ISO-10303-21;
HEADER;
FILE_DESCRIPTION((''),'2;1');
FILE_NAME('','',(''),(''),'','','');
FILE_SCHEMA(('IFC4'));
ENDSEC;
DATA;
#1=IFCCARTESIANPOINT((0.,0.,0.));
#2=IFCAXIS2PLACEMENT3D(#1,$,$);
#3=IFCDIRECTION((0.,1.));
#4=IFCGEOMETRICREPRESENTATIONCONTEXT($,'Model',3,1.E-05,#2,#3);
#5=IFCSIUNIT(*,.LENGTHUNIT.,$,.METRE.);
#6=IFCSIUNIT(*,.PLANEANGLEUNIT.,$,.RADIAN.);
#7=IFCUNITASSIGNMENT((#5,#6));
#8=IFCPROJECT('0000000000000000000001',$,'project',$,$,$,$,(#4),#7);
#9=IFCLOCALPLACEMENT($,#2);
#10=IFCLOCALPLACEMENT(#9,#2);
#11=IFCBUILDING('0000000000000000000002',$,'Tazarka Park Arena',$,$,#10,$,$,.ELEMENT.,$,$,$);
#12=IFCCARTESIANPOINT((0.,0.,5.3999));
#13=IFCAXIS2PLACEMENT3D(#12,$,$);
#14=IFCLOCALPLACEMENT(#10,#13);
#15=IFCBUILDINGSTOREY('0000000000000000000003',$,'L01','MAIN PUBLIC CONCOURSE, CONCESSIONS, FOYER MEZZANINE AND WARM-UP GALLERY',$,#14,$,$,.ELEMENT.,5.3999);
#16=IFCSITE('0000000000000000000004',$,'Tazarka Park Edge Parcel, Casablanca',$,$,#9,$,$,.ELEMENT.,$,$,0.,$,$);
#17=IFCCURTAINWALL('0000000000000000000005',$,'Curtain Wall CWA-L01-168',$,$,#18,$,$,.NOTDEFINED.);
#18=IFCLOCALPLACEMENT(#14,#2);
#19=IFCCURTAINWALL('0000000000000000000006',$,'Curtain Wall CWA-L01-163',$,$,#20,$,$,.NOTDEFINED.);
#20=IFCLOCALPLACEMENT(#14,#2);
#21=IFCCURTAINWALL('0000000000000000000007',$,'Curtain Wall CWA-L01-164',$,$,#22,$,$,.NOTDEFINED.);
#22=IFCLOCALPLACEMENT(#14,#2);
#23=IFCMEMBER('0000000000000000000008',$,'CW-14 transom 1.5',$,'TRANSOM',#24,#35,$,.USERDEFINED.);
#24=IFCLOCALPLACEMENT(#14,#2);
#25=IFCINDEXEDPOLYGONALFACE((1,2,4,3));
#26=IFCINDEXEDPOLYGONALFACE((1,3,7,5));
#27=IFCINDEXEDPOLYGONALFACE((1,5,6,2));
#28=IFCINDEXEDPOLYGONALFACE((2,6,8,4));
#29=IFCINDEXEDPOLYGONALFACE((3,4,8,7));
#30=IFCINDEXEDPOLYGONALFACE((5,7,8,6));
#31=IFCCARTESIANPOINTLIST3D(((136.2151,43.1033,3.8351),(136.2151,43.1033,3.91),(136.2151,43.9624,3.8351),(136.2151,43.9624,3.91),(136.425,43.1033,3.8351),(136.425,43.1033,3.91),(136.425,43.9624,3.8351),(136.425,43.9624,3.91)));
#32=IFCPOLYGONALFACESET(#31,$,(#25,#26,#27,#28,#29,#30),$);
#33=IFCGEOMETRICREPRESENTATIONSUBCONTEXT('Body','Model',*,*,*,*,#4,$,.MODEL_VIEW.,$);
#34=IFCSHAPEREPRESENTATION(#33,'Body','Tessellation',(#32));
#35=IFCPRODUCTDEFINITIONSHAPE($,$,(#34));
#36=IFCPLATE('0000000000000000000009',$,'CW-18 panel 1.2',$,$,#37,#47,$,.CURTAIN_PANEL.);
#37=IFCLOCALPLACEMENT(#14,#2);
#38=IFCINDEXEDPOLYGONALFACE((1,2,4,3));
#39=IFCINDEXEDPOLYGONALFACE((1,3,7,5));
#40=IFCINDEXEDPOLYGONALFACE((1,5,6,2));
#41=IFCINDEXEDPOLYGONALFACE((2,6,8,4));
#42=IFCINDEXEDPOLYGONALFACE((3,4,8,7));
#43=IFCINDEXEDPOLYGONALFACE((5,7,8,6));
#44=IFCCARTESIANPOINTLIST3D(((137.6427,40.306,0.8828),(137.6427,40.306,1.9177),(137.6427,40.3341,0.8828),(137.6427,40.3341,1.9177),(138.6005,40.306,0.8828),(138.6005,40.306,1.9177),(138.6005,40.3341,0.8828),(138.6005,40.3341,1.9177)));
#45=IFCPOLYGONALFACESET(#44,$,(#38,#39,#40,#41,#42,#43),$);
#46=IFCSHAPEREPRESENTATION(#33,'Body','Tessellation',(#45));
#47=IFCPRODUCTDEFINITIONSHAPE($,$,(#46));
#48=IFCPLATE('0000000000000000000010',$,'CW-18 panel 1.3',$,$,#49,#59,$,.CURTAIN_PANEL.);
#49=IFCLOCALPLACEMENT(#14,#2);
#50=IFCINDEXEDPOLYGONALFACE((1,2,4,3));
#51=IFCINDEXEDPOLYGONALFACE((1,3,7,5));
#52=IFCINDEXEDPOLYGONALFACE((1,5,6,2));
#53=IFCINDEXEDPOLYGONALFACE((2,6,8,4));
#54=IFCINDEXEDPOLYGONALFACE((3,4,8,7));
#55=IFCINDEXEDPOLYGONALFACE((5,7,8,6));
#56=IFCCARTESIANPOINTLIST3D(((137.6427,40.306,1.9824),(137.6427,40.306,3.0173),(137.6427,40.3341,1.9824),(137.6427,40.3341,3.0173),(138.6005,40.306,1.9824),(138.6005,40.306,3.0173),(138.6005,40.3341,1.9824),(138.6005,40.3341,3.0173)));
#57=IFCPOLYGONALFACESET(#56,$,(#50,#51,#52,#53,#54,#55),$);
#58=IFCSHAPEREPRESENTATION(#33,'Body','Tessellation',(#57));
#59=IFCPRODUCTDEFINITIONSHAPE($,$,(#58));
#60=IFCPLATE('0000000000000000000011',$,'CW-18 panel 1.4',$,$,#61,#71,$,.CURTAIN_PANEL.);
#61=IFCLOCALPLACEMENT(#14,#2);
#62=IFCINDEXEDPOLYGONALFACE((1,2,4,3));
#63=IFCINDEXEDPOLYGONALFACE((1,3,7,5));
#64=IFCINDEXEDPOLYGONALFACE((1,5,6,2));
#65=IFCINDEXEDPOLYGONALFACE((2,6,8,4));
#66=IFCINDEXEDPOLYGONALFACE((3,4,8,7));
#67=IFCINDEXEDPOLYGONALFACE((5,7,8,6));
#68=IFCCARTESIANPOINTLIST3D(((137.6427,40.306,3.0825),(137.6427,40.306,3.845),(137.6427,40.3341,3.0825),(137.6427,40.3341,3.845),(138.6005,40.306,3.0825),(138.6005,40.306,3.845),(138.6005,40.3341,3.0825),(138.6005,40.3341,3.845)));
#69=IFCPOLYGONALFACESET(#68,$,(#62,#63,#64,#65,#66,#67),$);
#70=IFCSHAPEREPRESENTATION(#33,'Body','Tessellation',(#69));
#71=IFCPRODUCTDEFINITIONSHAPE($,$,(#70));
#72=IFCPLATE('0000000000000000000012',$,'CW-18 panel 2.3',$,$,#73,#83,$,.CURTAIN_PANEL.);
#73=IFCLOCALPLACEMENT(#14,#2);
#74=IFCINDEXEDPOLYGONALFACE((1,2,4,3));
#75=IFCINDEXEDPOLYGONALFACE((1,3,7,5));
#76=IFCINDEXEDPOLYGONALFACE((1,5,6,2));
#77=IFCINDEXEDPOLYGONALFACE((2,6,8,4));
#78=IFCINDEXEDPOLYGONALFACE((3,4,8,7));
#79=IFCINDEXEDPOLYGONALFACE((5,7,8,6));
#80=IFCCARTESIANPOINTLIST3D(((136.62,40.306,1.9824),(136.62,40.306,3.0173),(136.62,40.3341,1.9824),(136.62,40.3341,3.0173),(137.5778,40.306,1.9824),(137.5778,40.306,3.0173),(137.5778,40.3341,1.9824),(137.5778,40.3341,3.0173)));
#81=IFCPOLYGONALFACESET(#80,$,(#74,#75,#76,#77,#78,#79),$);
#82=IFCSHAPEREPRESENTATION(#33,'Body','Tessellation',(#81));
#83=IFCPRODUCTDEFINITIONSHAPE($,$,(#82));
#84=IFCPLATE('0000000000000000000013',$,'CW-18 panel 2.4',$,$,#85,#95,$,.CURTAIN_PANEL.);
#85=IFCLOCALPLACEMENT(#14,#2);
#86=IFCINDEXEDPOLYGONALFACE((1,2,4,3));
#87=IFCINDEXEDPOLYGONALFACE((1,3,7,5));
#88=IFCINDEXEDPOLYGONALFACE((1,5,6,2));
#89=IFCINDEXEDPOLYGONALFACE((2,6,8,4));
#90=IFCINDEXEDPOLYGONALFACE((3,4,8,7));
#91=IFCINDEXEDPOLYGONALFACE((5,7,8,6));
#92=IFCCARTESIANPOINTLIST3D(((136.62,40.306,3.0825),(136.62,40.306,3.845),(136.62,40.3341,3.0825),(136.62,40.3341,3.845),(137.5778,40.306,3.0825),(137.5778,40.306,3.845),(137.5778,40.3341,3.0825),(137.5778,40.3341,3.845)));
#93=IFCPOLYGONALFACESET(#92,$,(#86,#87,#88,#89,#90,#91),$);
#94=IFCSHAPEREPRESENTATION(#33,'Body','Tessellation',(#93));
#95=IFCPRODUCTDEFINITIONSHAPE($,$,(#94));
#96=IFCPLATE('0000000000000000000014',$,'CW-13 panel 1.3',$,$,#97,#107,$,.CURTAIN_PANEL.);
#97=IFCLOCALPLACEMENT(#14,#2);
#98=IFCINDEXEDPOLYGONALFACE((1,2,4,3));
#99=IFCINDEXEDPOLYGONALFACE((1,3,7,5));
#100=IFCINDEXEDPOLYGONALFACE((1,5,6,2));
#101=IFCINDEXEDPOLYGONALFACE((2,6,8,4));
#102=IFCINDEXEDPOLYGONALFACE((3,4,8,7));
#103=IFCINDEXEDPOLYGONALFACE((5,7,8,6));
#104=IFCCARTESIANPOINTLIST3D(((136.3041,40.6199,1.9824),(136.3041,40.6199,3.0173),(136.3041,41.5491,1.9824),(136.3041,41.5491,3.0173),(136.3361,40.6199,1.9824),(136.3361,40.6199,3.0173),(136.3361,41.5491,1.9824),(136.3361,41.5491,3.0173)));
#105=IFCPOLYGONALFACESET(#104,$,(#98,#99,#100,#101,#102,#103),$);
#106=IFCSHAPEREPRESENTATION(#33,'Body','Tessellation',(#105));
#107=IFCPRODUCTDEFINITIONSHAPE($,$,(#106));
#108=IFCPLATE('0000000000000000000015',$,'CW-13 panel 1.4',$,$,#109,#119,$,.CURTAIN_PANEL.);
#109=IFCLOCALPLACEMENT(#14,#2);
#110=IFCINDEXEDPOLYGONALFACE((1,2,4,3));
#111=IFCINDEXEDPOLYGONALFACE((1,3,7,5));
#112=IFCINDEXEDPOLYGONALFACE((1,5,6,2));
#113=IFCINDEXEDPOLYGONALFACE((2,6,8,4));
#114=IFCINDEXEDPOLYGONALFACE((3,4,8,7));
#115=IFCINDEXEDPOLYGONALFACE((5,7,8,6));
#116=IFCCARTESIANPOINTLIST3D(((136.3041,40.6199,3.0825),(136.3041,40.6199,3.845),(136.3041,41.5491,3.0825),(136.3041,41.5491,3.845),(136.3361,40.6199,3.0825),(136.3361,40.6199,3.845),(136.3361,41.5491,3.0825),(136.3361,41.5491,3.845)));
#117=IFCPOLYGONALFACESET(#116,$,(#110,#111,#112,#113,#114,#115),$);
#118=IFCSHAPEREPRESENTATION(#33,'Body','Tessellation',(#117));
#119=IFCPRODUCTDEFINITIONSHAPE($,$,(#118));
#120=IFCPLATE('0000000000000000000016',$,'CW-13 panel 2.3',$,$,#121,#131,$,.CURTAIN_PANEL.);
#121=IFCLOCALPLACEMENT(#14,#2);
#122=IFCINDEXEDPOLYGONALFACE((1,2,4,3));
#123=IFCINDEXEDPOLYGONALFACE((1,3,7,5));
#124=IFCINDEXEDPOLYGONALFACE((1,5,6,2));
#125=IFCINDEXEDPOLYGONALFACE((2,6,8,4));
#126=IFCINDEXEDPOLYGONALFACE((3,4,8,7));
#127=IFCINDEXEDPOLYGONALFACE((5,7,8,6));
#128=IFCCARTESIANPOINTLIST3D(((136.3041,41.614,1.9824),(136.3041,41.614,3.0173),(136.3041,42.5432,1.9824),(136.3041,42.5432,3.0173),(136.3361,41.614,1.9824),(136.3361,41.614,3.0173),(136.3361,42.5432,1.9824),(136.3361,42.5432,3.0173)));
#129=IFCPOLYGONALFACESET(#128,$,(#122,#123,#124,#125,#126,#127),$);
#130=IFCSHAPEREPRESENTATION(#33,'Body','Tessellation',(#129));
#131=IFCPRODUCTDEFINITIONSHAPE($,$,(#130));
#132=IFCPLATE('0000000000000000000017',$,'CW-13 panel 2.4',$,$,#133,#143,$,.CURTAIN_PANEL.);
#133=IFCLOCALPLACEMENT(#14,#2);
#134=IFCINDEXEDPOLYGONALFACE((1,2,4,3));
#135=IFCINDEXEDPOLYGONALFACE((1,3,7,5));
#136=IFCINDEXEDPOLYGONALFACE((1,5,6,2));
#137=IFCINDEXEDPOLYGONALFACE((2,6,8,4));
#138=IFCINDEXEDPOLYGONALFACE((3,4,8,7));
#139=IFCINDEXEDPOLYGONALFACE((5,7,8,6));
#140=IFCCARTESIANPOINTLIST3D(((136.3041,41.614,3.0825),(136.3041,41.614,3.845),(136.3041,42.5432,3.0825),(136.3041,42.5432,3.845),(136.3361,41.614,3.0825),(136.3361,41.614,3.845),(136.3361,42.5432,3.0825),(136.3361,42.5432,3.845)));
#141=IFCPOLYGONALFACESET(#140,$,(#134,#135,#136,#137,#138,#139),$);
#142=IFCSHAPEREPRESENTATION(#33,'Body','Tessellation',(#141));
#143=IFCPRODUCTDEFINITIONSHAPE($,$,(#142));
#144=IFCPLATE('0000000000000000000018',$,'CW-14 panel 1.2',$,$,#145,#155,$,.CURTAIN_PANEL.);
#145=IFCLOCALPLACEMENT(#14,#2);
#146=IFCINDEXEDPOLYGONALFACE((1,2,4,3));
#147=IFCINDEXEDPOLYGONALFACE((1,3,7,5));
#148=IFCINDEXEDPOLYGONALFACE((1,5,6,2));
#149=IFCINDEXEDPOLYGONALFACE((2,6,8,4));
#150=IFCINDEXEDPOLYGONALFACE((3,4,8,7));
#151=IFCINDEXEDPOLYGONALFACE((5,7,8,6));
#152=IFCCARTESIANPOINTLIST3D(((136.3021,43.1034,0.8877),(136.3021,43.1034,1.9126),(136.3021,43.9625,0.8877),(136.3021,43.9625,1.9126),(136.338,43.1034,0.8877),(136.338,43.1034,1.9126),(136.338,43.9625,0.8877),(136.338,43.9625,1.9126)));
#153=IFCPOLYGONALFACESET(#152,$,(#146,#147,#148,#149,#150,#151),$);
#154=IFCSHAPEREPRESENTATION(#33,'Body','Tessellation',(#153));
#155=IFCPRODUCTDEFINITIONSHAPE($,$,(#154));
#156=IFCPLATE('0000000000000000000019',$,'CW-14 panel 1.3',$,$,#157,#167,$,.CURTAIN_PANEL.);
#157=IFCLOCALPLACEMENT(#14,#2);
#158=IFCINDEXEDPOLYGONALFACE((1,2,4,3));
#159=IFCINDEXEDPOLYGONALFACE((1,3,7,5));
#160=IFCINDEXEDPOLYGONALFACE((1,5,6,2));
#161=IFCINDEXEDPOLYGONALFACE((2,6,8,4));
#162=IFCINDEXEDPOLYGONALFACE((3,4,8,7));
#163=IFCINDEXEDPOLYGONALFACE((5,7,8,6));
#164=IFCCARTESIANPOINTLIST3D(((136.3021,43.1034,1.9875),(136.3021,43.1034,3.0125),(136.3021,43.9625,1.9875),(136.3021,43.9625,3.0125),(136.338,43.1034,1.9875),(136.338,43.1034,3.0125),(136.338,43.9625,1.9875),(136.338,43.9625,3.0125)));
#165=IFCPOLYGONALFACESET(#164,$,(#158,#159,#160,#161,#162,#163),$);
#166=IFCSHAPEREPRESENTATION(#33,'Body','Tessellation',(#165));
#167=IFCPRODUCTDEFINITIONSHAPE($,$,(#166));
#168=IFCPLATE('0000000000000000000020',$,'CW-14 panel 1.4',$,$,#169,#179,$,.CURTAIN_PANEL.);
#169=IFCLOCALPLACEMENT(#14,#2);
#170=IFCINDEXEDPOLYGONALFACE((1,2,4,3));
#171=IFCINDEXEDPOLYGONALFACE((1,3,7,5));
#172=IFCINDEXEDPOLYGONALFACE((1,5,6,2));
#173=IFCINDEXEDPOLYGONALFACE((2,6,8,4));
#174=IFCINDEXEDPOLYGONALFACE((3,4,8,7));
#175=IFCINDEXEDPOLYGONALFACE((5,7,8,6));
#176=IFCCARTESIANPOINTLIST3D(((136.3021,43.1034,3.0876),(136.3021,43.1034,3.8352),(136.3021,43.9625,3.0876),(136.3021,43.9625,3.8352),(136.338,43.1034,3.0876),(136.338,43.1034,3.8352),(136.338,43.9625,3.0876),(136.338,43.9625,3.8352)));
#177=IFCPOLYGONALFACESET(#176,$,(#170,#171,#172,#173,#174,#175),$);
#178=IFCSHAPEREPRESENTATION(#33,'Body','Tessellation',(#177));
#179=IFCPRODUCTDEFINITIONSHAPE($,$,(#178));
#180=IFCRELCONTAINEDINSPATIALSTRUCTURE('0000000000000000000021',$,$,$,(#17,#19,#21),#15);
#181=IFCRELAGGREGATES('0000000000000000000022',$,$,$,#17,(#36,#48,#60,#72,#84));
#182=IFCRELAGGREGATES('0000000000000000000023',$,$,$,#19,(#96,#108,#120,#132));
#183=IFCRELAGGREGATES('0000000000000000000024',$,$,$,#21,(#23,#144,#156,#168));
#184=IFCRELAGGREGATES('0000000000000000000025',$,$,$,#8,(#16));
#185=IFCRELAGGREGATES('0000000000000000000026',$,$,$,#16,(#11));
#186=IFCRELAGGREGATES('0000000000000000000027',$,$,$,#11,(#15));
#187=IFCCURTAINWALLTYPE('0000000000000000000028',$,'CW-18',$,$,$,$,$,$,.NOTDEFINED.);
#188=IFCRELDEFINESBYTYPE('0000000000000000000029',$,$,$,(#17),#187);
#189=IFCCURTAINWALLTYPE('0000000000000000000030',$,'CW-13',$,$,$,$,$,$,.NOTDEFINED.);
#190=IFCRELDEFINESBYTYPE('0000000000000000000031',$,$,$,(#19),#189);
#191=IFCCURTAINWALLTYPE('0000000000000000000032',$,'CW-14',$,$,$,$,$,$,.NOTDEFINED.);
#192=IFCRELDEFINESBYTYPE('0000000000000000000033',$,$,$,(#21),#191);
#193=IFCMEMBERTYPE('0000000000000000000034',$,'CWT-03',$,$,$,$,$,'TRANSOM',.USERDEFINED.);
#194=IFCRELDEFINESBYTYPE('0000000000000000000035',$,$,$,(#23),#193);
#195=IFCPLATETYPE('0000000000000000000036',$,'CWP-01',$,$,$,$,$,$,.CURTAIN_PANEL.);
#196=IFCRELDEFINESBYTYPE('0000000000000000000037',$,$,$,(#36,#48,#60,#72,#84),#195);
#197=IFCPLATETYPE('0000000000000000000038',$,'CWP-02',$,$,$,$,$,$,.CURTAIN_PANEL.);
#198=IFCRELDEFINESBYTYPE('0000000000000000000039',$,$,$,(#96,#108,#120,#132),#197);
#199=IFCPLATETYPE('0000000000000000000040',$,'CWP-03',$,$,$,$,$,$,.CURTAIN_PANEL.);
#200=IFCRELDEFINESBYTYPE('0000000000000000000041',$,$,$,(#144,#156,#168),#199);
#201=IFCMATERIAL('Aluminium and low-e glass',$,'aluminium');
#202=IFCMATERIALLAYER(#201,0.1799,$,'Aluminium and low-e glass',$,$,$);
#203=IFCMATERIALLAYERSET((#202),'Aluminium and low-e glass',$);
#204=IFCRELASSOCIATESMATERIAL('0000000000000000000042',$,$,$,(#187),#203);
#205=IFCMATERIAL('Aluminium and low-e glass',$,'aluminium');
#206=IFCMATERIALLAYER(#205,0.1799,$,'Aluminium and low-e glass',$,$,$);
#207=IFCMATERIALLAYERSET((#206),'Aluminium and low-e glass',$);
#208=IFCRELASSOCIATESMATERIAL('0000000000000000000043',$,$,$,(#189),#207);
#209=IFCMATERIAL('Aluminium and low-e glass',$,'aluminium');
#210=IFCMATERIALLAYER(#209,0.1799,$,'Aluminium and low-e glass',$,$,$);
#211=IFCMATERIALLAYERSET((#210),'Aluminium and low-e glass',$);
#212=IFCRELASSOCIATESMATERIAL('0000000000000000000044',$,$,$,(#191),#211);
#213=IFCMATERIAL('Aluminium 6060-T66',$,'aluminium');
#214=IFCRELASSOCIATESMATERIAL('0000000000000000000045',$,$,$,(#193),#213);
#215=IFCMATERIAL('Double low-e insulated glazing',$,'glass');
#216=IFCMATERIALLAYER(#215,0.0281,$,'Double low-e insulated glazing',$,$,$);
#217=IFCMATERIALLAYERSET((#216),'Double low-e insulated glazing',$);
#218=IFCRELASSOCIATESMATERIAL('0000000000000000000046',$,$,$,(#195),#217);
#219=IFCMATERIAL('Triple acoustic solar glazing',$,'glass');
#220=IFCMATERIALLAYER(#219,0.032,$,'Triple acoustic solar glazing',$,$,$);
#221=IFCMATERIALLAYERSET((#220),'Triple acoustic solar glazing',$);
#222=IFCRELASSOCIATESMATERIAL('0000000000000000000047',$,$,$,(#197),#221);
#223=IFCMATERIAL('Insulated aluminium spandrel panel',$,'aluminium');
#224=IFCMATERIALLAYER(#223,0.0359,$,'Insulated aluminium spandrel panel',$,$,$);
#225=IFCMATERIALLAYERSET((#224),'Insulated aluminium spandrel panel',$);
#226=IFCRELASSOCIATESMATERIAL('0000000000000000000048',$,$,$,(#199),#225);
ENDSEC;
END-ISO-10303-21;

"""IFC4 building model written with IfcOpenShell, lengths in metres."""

from ifc_helpers import new_model, si_unit, direction, frame, origin, origin_2d, place, context, subcontext, project, spatial, rectangle, extrude, material, layer, layer_set, material_profile, profile_set, type_object, element, aggregate, save


model = new_model("IFC4")

# Units and contexts
model_context = context("Model", 3, precision=1e-05, world=origin(), true_north=direction((0.0, 1.0)))
body_context = subcontext(model_context, "Body", "Model", "MODEL_VIEW")
ifc_project = project(units=[si_unit("LENGTHUNIT", "METRE"), si_unit("PLANEANGLEUNIT", "RADIAN")], contexts=[model_context])

# Site, building, storey
site_placement = place(None, origin())
site = spatial("IfcSite", under=ifc_project, at=site_placement, Name="Tazarka Park Edge Parcel, Casablanca", CompositionType="ELEMENT", RefElevation=0.0)
building_placement = place(site_placement, origin())
building = spatial("IfcBuilding", under=site, at=building_placement, Name="Tazarka Park Arena", CompositionType="ELEMENT")
storey_placement = place(building_placement, frame((0.0, 0.0, 5.3999)))
storey = spatial("IfcBuildingStorey", under=building, at=storey_placement, Name="L01", Description="MAIN PUBLIC CONCOURSE, CONCESSIONS, FOYER MEZZANINE AND WARM-UP GALLERY", CompositionType="ELEMENT", Elevation=5.3999)

# Curtain walls, member
ifc_material_1 = material(Name="Aluminium and low-e glass", Category="aluminium")
ifc_layer_1 = layer(ifc_material_1, 0.1799, Name="Aluminium and low-e glass")
ifc_layer_set_1 = layer_set([ifc_layer_1], Name="Aluminium and low-e glass")
curtain_wall_type_1 = type_object("IfcCurtainWallType", Name="CW-18", PredefinedType="NOTDEFINED", material=ifc_layer_set_1)
curtain_wall_1_placement = place(storey_placement, origin())
curtain_wall_1 = element("IfcCurtainWall", 1, at=curtain_wall_1_placement, inside=storey, type_object=curtain_wall_type_1, Name="Curtain Wall CWA-L01-168", PredefinedType="NOTDEFINED")
ifc_material_2 = material(Name="Aluminium and low-e glass", Category="aluminium")
ifc_layer_2 = layer(ifc_material_2, 0.1799, Name="Aluminium and low-e glass")
ifc_layer_set_2 = layer_set([ifc_layer_2], Name="Aluminium and low-e glass")
curtain_wall_type_2 = type_object("IfcCurtainWallType", Name="CW-13", PredefinedType="NOTDEFINED", material=ifc_layer_set_2)
curtain_wall_2_placement = place(storey_placement, origin())
curtain_wall_2 = element("IfcCurtainWall", 2, at=curtain_wall_2_placement, inside=storey, type_object=curtain_wall_type_2, Name="Curtain Wall CWA-L01-163", PredefinedType="NOTDEFINED")
ifc_material_3 = material(Name="Aluminium and low-e glass", Category="aluminium")
ifc_layer_3 = layer(ifc_material_3, 0.1799, Name="Aluminium and low-e glass")
ifc_layer_set_3 = layer_set([ifc_layer_3], Name="Aluminium and low-e glass")
curtain_wall_type_3 = type_object("IfcCurtainWallType", Name="CW-14", PredefinedType="NOTDEFINED", material=ifc_layer_set_3)
curtain_wall_3_placement = place(storey_placement, origin())
curtain_wall_3 = element("IfcCurtainWall", 3, at=curtain_wall_3_placement, inside=storey, type_object=curtain_wall_type_3, Name="Curtain Wall CWA-L01-164", PredefinedType="NOTDEFINED")
ifc_material_4 = material(Name="Aluminium 6060-T66", Category="aluminium")
ifc_material_profile_1 = material_profile(ifc_material_4, rectangle(XDim=0.21, YDim=0.075, at=origin_2d()), Name="Aluminium 6060-T66")
ifc_profile_set_1 = profile_set([ifc_material_profile_1], Name="Aluminium 6060-T66")
member_type_1 = type_object("IfcMemberType", Name="CWT-03", ElementType="TRANSOM", PredefinedType="USERDEFINED", material=ifc_profile_set_1)
member_1_placement = place(storey_placement, frame((136.3201, 43.1033, 3.8726), z_axis=(0.0, 1.0, 0.0), x_axis=(-1.0, 0.0, 0.0)))
member_1 = element("IfcMember", 4, at=member_1_placement, type_object=member_type_1, Name="CW-14 transom 1.5", ObjectType="TRANSOM", PredefinedType="USERDEFINED", context=body_context, shape_type="SweptSolid", body=[
    extrude(rectangle(XDim=0.21, YDim=0.075, at=origin_2d()), origin(), (0.0, 0.0, 1.0), 0.8591),
])

# Plates
ifc_material_5 = material(Name="Double low-e insulated glazing", Category="glass")
ifc_layer_4 = layer(ifc_material_5, 0.0281, Name="Double low-e insulated glazing")
ifc_layer_set_4 = layer_set([ifc_layer_4], Name="Double low-e insulated glazing")
plate_type_1 = type_object("IfcPlateType", Name="CWP-01", PredefinedType="CURTAIN_PANEL", material=ifc_layer_set_4)
plate_1_placement = place(storey_placement, frame((138.1216, 40.3201, 0.8828), z_axis=(0.0, 0.0, 1.0), x_axis=(-1.0, 0.0, 0.0)))
plate_1 = element("IfcPlate", 5, at=plate_1_placement, type_object=plate_type_1, Name="CW-18 panel 1.2", PredefinedType="CURTAIN_PANEL", context=body_context, shape_type="SweptSolid", body=[
    extrude(rectangle(XDim=0.9578, YDim=0.0281, at=origin_2d()), origin(), (0.0, 0.0, 1.0), 1.0349),
])
plate_2_placement = place(storey_placement, frame((138.1216, 40.3201, 1.9824), z_axis=(0.0, 0.0, 1.0), x_axis=(-1.0, 0.0, 0.0)))
plate_2 = element("IfcPlate", 6, at=plate_2_placement, type_object=plate_type_1, Name="CW-18 panel 1.3", PredefinedType="CURTAIN_PANEL", context=body_context, shape_type="SweptSolid", body=[
    extrude(rectangle(XDim=0.9578, YDim=0.0281, at=origin_2d()), origin(), (0.0, 0.0, 1.0), 1.0349),
])
plate_3_placement = place(storey_placement, frame((138.1216, 40.3201, 3.0825), z_axis=(0.0, 0.0, 1.0), x_axis=(-1.0, 0.0, 0.0)))
plate_3 = element("IfcPlate", 7, at=plate_3_placement, type_object=plate_type_1, Name="CW-18 panel 1.4", PredefinedType="CURTAIN_PANEL", context=body_context, shape_type="SweptSolid", body=[
    extrude(rectangle(XDim=0.9578, YDim=0.0281, at=origin_2d()), origin(), (0.0, 0.0, 1.0), 0.7625),
])
plate_4_placement = place(storey_placement, frame((137.0989, 40.3201, 1.9824), z_axis=(0.0, 0.0, 1.0), x_axis=(-1.0, 0.0, 0.0)))
plate_4 = element("IfcPlate", 8, at=plate_4_placement, type_object=plate_type_1, Name="CW-18 panel 2.3", PredefinedType="CURTAIN_PANEL", context=body_context, shape_type="SweptSolid", body=[
    extrude(rectangle(XDim=0.9578, YDim=0.0281, at=origin_2d()), origin(), (0.0, 0.0, 1.0), 1.0349),
])
plate_5_placement = place(storey_placement, frame((137.0989, 40.3201, 3.0825), z_axis=(0.0, 0.0, 1.0), x_axis=(-1.0, 0.0, 0.0)))
plate_5 = element("IfcPlate", 9, at=plate_5_placement, type_object=plate_type_1, Name="CW-18 panel 2.4", PredefinedType="CURTAIN_PANEL", context=body_context, shape_type="SweptSolid", body=[
    extrude(rectangle(XDim=0.9578, YDim=0.0281, at=origin_2d()), origin(), (0.0, 0.0, 1.0), 0.7625),
])
aggregate(curtain_wall_1, [plate_1, plate_2, plate_3, plate_4, plate_5])
ifc_material_6 = material(Name="Triple acoustic solar glazing", Category="glass")
ifc_layer_5 = layer(ifc_material_6, 0.032, Name="Triple acoustic solar glazing")
ifc_layer_set_5 = layer_set([ifc_layer_5], Name="Triple acoustic solar glazing")
plate_type_2 = type_object("IfcPlateType", Name="CWP-02", PredefinedType="CURTAIN_PANEL", material=ifc_layer_set_5)
plate_6_placement = place(storey_placement, frame((136.3201, 41.0845, 1.9824), z_axis=(0.0, 0.0, 1.0), x_axis=(0.0, 1.0, 0.0)))
plate_6 = element("IfcPlate", 10, at=plate_6_placement, type_object=plate_type_2, Name="CW-13 panel 1.3", PredefinedType="CURTAIN_PANEL", context=body_context, shape_type="SweptSolid", body=[
    extrude(rectangle(XDim=0.9292, YDim=0.032, at=origin_2d()), origin(), (0.0, 0.0, 1.0), 1.0349),
])
plate_7_placement = place(storey_placement, frame((136.3201, 41.0845, 3.0825), z_axis=(0.0, 0.0, 1.0), x_axis=(0.0, 1.0, 0.0)))
plate_7 = element("IfcPlate", 11, at=plate_7_placement, type_object=plate_type_2, Name="CW-13 panel 1.4", PredefinedType="CURTAIN_PANEL", context=body_context, shape_type="SweptSolid", body=[
    extrude(rectangle(XDim=0.9292, YDim=0.032, at=origin_2d()), origin(), (0.0, 0.0, 1.0), 0.7625),
])
plate_8_placement = place(storey_placement, frame((136.3201, 42.0786, 1.9824), z_axis=(0.0, 0.0, 1.0), x_axis=(0.0, 1.0, 0.0)))
plate_8 = element("IfcPlate", 12, at=plate_8_placement, type_object=plate_type_2, Name="CW-13 panel 2.3", PredefinedType="CURTAIN_PANEL", context=body_context, shape_type="SweptSolid", body=[
    extrude(rectangle(XDim=0.9292, YDim=0.032, at=origin_2d()), origin(), (0.0, 0.0, 1.0), 1.0349),
])
plate_9_placement = place(storey_placement, frame((136.3201, 42.0786, 3.0825), z_axis=(0.0, 0.0, 1.0), x_axis=(0.0, 1.0, 0.0)))
plate_9 = element("IfcPlate", 13, at=plate_9_placement, type_object=plate_type_2, Name="CW-13 panel 2.4", PredefinedType="CURTAIN_PANEL", context=body_context, shape_type="SweptSolid", body=[
    extrude(rectangle(XDim=0.9292, YDim=0.032, at=origin_2d()), origin(), (0.0, 0.0, 1.0), 0.7625),
])
aggregate(curtain_wall_2, [plate_6, plate_7, plate_8, plate_9])
ifc_material_7 = material(Name="Insulated aluminium spandrel panel", Category="aluminium")
ifc_layer_6 = layer(ifc_material_7, 0.0359, Name="Insulated aluminium spandrel panel")
ifc_layer_set_6 = layer_set([ifc_layer_6], Name="Insulated aluminium spandrel panel")
plate_type_3 = type_object("IfcPlateType", Name="CWP-03", PredefinedType="CURTAIN_PANEL", material=ifc_layer_set_6)
plate_10_placement = place(storey_placement, frame((136.3201, 43.533, 0.8877), z_axis=(0.0, 0.0, 1.0), x_axis=(0.0, 1.0, 0.0)))
plate_10 = element("IfcPlate", 14, at=plate_10_placement, type_object=plate_type_3, Name="CW-14 panel 1.2", PredefinedType="CURTAIN_PANEL", context=body_context, shape_type="SweptSolid", body=[
    extrude(rectangle(XDim=0.8591, YDim=0.0359, at=origin_2d()), origin(), (0.0, 0.0, 1.0), 1.0249),
])
plate_11_placement = place(storey_placement, frame((136.3201, 43.533, 1.9875), z_axis=(0.0, 0.0, 1.0), x_axis=(0.0, 1.0, 0.0)))
plate_11 = element("IfcPlate", 15, at=plate_11_placement, type_object=plate_type_3, Name="CW-14 panel 1.3", PredefinedType="CURTAIN_PANEL", context=body_context, shape_type="SweptSolid", body=[
    extrude(rectangle(XDim=0.8591, YDim=0.0359, at=origin_2d()), origin(), (0.0, 0.0, 1.0), 1.0249),
])
plate_12_placement = place(storey_placement, frame((136.3201, 43.533, 3.0876), z_axis=(0.0, 0.0, 1.0), x_axis=(0.0, 1.0, 0.0)))
plate_12 = element("IfcPlate", 16, at=plate_12_placement, type_object=plate_type_3, Name="CW-14 panel 1.4", PredefinedType="CURTAIN_PANEL", context=body_context, shape_type="SweptSolid", body=[
    extrude(rectangle(XDim=0.8591, YDim=0.0359, at=origin_2d()), origin(), (0.0, 0.0, 1.0), 0.7476),
])
aggregate(curtain_wall_3, [member_1, plate_10, plate_11, plate_12])

save(model, "model.ifc")
